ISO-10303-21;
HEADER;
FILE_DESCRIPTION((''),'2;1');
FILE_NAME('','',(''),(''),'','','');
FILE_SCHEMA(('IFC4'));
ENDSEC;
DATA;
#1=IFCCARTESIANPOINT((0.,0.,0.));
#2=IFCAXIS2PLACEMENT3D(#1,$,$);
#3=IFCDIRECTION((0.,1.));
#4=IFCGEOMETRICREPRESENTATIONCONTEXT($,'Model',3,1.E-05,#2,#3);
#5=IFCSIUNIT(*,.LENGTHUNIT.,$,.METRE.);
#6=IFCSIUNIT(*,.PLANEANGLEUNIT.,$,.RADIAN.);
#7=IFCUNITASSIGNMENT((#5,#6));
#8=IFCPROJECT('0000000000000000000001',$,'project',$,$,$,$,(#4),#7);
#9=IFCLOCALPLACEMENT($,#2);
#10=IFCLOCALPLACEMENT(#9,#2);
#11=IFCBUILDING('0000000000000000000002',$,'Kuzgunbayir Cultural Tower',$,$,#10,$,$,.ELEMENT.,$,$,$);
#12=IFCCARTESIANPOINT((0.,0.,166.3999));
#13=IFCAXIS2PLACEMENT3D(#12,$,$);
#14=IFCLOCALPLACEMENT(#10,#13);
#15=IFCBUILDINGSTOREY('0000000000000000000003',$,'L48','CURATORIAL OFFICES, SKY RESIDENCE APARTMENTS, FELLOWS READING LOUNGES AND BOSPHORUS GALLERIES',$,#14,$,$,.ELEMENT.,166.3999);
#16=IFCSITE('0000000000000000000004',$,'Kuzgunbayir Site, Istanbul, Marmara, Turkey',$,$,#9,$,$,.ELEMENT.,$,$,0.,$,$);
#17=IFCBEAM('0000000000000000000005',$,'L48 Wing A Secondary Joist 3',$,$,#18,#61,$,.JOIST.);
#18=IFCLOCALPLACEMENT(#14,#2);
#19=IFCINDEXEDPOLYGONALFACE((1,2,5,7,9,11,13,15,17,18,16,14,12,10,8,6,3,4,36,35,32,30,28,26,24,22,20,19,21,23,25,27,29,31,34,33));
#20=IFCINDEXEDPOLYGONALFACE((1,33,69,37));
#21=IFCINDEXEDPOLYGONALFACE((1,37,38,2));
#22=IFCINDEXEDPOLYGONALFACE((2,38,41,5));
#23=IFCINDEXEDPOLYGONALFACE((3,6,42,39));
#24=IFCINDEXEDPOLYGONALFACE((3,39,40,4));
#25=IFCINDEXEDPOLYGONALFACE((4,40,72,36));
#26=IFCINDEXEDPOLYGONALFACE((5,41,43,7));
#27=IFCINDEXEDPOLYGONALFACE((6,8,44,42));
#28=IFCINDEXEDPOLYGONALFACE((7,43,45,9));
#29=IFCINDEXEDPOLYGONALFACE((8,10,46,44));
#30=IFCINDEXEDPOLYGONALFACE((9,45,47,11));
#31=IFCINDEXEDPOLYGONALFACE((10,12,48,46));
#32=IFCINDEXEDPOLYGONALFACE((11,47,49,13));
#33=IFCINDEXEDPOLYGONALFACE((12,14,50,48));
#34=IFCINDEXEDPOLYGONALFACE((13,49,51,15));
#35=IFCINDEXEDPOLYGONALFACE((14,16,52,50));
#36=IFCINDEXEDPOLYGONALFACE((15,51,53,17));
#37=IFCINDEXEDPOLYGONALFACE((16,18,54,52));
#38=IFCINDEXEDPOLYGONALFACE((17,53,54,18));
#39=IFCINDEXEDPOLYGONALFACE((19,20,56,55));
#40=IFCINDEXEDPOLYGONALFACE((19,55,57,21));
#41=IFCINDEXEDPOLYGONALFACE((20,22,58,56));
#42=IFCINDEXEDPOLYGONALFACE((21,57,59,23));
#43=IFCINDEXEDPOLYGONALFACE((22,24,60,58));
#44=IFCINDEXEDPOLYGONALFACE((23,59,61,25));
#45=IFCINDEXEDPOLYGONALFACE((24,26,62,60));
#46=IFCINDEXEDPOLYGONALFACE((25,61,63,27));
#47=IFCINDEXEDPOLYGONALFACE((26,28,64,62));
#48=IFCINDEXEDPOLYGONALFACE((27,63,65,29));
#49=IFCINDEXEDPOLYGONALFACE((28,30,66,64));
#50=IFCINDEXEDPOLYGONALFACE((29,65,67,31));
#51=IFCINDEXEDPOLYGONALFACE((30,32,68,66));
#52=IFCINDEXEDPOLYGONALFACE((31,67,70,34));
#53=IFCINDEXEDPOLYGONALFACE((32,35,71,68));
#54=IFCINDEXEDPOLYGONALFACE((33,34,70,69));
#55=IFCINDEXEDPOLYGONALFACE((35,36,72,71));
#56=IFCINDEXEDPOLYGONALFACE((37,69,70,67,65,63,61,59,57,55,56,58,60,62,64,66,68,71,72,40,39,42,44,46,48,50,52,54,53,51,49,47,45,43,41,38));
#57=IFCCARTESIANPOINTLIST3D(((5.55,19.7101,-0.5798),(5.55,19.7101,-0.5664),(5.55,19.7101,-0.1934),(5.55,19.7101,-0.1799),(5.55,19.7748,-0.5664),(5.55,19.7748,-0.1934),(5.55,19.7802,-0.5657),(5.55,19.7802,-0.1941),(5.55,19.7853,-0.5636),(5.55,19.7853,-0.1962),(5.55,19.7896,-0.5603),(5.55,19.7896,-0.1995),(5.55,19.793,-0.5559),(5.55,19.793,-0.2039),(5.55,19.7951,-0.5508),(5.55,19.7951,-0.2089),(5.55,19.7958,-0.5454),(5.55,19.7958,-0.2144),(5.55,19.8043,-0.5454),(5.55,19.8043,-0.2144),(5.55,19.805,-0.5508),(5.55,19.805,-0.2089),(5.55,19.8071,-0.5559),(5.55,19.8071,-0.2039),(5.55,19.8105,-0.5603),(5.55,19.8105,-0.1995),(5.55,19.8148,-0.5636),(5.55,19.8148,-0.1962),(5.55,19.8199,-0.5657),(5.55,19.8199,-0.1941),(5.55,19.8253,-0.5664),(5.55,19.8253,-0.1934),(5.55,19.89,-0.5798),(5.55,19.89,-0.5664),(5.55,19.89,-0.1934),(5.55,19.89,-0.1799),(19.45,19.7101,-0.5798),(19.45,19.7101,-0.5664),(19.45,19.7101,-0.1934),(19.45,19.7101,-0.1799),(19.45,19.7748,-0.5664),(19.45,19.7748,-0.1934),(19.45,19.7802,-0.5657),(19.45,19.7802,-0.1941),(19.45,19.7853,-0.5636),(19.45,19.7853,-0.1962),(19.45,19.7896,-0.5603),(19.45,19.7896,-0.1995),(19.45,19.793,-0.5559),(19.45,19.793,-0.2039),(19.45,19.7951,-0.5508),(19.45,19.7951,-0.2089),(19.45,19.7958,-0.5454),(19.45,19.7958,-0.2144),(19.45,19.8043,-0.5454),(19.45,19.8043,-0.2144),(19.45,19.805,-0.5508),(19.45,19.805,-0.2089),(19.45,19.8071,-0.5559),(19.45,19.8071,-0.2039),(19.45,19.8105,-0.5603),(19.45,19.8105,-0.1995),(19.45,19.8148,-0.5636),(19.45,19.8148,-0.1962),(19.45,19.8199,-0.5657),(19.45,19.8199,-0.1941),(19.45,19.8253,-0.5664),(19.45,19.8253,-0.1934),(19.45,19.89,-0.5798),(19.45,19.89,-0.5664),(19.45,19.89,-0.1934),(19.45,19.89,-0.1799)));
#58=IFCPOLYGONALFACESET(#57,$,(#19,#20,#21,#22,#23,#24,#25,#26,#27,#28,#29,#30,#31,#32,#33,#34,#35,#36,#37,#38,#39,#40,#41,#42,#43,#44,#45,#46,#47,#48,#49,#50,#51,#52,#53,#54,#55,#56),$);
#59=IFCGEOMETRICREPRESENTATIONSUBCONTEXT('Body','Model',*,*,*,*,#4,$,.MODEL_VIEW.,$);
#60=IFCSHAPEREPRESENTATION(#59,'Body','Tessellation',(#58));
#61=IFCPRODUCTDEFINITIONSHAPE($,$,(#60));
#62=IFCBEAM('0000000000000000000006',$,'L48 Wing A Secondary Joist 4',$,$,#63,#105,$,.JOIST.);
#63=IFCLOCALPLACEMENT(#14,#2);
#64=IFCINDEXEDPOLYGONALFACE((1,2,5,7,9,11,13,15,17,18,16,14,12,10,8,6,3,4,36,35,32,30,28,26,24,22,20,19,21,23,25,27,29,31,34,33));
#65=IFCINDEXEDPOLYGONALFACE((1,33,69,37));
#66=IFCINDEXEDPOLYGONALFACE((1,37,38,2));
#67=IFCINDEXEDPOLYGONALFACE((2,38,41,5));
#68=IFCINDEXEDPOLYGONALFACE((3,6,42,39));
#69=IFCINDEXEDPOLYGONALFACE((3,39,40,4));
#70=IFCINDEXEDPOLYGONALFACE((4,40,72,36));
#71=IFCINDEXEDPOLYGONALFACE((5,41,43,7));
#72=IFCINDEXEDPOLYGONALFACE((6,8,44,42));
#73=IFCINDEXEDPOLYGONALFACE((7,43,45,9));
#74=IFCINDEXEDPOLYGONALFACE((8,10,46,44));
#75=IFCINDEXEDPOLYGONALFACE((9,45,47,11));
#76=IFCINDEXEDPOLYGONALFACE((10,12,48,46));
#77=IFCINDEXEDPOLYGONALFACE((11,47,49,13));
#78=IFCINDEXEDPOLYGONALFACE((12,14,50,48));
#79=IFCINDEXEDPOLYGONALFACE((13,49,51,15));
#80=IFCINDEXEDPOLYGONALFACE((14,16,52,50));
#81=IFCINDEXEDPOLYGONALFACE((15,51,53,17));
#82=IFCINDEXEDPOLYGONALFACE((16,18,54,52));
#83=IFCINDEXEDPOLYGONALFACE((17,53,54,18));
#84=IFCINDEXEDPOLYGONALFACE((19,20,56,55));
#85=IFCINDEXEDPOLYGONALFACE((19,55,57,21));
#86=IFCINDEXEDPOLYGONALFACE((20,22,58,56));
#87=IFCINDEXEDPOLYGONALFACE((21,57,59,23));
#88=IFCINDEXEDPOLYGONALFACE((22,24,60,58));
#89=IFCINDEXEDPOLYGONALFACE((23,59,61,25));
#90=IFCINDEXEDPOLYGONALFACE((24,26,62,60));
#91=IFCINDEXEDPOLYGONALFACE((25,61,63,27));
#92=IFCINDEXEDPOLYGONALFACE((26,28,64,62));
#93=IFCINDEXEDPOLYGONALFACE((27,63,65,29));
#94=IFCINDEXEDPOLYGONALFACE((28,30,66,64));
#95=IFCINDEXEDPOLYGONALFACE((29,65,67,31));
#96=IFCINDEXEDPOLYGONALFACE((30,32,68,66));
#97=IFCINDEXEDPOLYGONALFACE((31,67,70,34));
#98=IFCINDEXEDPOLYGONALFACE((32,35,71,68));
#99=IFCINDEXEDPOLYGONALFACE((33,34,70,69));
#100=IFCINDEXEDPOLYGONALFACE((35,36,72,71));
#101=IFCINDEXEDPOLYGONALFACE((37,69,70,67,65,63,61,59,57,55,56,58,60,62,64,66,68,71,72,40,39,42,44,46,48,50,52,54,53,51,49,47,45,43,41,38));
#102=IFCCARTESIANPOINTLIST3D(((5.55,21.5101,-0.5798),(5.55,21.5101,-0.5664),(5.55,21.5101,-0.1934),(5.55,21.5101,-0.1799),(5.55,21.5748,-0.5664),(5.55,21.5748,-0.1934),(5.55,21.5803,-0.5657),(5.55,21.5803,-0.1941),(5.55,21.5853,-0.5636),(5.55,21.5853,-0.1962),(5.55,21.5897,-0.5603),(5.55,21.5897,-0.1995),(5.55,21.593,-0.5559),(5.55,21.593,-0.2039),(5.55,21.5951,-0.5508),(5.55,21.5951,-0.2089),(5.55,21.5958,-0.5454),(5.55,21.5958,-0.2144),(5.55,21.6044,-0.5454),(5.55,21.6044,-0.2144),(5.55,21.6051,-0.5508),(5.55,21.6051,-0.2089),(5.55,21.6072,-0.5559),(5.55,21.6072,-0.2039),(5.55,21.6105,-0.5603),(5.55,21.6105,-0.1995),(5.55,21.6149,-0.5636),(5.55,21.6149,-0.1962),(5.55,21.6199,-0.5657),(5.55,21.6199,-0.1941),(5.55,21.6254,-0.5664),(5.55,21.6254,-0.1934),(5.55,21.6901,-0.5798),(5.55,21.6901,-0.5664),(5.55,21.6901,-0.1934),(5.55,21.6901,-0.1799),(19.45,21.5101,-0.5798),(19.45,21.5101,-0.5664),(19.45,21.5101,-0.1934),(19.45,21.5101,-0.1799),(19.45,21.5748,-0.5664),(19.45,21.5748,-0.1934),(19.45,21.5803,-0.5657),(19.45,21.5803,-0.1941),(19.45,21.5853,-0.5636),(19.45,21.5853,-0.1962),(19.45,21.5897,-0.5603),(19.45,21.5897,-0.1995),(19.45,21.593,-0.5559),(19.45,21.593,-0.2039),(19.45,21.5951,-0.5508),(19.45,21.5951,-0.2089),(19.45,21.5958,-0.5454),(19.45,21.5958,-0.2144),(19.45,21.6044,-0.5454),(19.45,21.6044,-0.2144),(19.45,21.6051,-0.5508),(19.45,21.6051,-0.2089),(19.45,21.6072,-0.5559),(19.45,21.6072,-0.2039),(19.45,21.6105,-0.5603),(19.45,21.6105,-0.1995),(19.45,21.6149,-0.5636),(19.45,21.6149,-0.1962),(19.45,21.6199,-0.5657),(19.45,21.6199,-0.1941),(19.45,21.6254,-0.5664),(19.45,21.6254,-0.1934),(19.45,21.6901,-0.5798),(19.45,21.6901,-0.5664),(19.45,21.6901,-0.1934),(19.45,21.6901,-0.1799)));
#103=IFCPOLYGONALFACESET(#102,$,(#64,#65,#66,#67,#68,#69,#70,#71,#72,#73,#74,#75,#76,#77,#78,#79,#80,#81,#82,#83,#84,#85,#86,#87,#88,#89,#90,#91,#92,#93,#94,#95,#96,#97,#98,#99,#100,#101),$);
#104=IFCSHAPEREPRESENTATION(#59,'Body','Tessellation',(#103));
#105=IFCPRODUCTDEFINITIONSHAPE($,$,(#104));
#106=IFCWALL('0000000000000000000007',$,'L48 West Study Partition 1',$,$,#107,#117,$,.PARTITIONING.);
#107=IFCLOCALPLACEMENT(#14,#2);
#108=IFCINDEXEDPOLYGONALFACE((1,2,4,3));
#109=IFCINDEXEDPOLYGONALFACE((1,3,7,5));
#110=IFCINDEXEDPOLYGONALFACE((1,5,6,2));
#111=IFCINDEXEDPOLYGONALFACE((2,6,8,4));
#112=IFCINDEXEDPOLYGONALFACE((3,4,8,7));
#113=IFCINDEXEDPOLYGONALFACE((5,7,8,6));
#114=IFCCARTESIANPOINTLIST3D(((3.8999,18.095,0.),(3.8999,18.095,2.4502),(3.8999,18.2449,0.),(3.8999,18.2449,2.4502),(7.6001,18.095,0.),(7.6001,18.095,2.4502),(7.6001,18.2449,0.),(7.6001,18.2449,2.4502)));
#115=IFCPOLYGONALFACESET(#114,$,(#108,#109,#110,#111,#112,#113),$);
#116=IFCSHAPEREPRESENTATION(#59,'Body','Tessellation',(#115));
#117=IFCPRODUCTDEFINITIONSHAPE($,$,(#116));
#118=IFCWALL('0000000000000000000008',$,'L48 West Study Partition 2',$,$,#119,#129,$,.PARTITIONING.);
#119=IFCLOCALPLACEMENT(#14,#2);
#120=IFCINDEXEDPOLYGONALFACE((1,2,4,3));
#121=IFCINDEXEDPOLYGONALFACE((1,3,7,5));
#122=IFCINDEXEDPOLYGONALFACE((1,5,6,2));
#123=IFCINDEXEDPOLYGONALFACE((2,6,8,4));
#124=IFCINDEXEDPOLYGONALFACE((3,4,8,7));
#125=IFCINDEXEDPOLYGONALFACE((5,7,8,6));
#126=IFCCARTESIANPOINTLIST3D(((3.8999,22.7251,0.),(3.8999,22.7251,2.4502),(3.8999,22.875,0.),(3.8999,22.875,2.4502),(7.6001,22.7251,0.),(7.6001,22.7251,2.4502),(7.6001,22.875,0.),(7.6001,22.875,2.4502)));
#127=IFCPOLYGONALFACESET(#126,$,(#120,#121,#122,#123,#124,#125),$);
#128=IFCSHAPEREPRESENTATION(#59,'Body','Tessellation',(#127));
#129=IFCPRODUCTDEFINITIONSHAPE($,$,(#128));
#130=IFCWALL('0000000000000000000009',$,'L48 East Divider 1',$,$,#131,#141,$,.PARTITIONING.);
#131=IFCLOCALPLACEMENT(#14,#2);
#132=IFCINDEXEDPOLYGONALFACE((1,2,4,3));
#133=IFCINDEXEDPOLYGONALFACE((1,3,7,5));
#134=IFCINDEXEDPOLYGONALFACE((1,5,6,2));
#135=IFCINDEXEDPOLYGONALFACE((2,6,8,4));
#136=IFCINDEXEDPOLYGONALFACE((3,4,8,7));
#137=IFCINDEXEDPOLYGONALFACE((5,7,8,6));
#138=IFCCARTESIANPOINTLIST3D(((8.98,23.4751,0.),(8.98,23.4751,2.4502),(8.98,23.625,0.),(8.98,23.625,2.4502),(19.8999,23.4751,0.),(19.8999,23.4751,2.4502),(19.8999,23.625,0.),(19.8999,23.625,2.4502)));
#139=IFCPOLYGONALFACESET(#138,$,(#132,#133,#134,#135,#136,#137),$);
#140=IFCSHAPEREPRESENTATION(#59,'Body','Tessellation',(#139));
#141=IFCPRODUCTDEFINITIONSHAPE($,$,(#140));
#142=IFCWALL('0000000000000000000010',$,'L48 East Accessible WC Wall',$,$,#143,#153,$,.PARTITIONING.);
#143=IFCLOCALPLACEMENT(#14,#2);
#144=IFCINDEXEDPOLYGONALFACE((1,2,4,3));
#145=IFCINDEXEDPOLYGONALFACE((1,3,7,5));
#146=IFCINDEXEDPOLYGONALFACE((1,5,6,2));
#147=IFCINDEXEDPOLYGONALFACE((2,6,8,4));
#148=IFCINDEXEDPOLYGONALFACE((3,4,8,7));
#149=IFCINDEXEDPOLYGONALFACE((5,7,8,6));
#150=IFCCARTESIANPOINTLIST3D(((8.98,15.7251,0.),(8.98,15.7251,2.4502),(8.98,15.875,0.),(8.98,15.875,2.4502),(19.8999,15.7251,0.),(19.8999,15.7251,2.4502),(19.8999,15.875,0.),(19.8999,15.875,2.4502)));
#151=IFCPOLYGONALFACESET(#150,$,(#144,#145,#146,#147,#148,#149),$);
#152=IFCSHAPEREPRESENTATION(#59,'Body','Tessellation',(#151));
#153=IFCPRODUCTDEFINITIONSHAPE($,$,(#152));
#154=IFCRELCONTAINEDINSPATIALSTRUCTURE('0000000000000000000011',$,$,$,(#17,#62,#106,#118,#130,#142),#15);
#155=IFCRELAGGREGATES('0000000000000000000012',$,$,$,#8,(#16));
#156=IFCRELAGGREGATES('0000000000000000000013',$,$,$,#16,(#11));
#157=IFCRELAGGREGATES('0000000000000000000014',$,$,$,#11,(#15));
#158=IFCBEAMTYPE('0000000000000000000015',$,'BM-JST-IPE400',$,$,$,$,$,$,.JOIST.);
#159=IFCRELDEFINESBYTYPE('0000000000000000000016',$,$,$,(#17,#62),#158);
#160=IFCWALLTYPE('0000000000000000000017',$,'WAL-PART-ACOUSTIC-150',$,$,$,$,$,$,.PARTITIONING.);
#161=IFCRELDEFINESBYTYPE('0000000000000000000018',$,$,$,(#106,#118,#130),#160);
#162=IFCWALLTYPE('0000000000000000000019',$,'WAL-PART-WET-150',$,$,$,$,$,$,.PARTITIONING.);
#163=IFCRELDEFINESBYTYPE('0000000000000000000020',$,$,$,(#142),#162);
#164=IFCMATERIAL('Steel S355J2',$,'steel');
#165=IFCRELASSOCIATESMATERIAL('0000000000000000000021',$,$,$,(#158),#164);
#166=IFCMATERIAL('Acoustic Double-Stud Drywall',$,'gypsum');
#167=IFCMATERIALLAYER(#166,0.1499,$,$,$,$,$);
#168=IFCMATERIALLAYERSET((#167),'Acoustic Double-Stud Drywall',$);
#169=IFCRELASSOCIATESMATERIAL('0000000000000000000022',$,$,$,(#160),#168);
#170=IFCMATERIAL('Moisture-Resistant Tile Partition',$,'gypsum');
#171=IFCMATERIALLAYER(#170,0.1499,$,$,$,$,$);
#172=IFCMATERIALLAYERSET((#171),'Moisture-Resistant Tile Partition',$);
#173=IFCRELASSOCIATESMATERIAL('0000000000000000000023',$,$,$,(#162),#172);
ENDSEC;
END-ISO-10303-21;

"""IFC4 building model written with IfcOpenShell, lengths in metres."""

from ifc_helpers import new_model, si_unit, direction, frame, frame_2d, origin, origin_2d, place, context, subcontext, project, spatial, rectangle, i_section, extrude, material, layer, layer_set, material_profile, profile_set, type_object, element, save


model = new_model("IFC4")

# Units and contexts
model_context = context("Model", 3, precision=1e-05, world=origin(), true_north=direction((0.0, 1.0)))
body_context = subcontext(model_context, "Body", "Model", "MODEL_VIEW")
ifc_project = project(units=[si_unit("LENGTHUNIT", "METRE"), si_unit("PLANEANGLEUNIT", "RADIAN")], contexts=[model_context])

# Site, building, storey
site_placement = place(None, origin())
site = spatial("IfcSite", under=ifc_project, at=site_placement, Name="Kuzgunbayir Site, Istanbul, Marmara, Turkey", CompositionType="ELEMENT", RefElevation=0.0)
building_placement = place(site_placement, origin())
building = spatial("IfcBuilding", under=site, at=building_placement, Name="Kuzgunbayir Cultural Tower", CompositionType="ELEMENT")
storey_placement = place(building_placement, frame((0.0, 0.0, 166.3999)))
storey = spatial("IfcBuildingStorey", under=building, at=storey_placement, Name="L48", Description="CURATORIAL OFFICES, SKY RESIDENCE APARTMENTS, FELLOWS READING LOUNGES AND BOSPHORUS GALLERIES", CompositionType="ELEMENT", Elevation=166.3999)

# Beams
ifc_material_1 = material(Name="Steel S355J2", Category="steel")
ifc_material_profile_1 = material_profile(ifc_material_1, i_section(OverallWidth=0.1799, OverallDepth=0.3999, WebThickness=0.0085, FlangeThickness=0.0134, FilletRadius=0.021, at=origin_2d()), Name="IPE 400")
ifc_profile_set_1 = profile_set([ifc_material_profile_1], Name="Steel S355J2")
beam_type_1 = type_object("IfcBeamType", Name="BM-JST-IPE400", PredefinedType="JOIST", material=ifc_profile_set_1)
for number, where, z_axis, x_axis, name in (
    (1, (5.55, 19.8, -0.3799), (1.0, 0.0, 0.0), (0.0, 1.0, 0.0), "L48 Wing A Secondary Joist 3"),
    (2, (5.55, 21.6001, -0.3799), (1.0, 0.0, 0.0), (0.0, 1.0, 0.0), "L48 Wing A Secondary Joist 4"),
):
    element("IfcBeam", number, at=place(storey_placement, frame(where, z_axis=z_axis, x_axis=x_axis)), inside=storey, type_object=beam_type_1, Name=name, PredefinedType="JOIST", context=body_context, shape_type="SweptSolid", body=[
        extrude(i_section(OverallWidth=0.1799, OverallDepth=0.3999, WebThickness=0.0085, FlangeThickness=0.0134, FilletRadius=0.021, at=origin_2d()), origin(), (0.0, 0.0, 1.0), 13.8999),
    ])

# Walls
ifc_material_2 = material(Name="Acoustic Double-Stud Drywall", Category="gypsum")
ifc_layer_1 = layer(ifc_material_2, 0.1499)
ifc_layer_set_1 = layer_set([ifc_layer_1], Name="Acoustic Double-Stud Drywall")
wall_type_1 = type_object("IfcWallType", Name="WAL-PART-ACOUSTIC-150", PredefinedType="PARTITIONING", material=ifc_layer_set_1)
for number, where, z_axis, x_axis, name in (
    (3, (3.8999, 18.1699, 0.0), (0.0, 0.0, 1.0), (1.0, 0.0, 0.0), "L48 West Study Partition 1"),
    (4, (3.8999, 22.8, 0.0), (0.0, 0.0, 1.0), (1.0, 0.0, 0.0), "L48 West Study Partition 2"),
):
    element("IfcWall", number, at=place(storey_placement, frame(where, z_axis=z_axis, x_axis=x_axis)), inside=storey, type_object=wall_type_1, Name=name, PredefinedType="PARTITIONING", context=body_context, shape_type="SweptSolid", body=[
        extrude(rectangle(XDim=3.7002, YDim=0.1499, at=frame_2d((1.8501, 0.0))), origin(), (0.0, 0.0, 1.0), 2.4502),
    ])
wall_1_placement = place(storey_placement, frame((8.98, 23.55, 0.0), z_axis=(0.0, 0.0, 1.0), x_axis=(1.0, 0.0, 0.0)))
element("IfcWall", 5, at=wall_1_placement, inside=storey, type_object=wall_type_1, Name="L48 East Divider 1", PredefinedType="PARTITIONING", context=body_context, shape_type="SweptSolid", body=[
    extrude(rectangle(XDim=10.9199, YDim=0.1499, at=frame_2d((5.46, 0.0))), origin(), (0.0, 0.0, 1.0), 2.4502),
])

# Wall
ifc_material_3 = material(Name="Moisture-Resistant Tile Partition", Category="gypsum")
ifc_layer_2 = layer(ifc_material_3, 0.1499)
ifc_layer_set_2 = layer_set([ifc_layer_2], Name="Moisture-Resistant Tile Partition")
wall_type_2 = type_object("IfcWallType", Name="WAL-PART-WET-150", PredefinedType="PARTITIONING", material=ifc_layer_set_2)
wall_2_placement = place(storey_placement, frame((8.98, 15.8, 0.0), z_axis=(0.0, 0.0, 1.0), x_axis=(1.0, 0.0, 0.0)))
element("IfcWall", 6, at=wall_2_placement, inside=storey, type_object=wall_type_2, Name="L48 East Accessible WC Wall", PredefinedType="PARTITIONING", context=body_context, shape_type="SweptSolid", body=[
    extrude(rectangle(XDim=10.9199, YDim=0.1499, at=frame_2d((5.46, 0.0))), origin(), (0.0, 0.0, 1.0), 2.4502),
])

save(model, "model.ifc")
